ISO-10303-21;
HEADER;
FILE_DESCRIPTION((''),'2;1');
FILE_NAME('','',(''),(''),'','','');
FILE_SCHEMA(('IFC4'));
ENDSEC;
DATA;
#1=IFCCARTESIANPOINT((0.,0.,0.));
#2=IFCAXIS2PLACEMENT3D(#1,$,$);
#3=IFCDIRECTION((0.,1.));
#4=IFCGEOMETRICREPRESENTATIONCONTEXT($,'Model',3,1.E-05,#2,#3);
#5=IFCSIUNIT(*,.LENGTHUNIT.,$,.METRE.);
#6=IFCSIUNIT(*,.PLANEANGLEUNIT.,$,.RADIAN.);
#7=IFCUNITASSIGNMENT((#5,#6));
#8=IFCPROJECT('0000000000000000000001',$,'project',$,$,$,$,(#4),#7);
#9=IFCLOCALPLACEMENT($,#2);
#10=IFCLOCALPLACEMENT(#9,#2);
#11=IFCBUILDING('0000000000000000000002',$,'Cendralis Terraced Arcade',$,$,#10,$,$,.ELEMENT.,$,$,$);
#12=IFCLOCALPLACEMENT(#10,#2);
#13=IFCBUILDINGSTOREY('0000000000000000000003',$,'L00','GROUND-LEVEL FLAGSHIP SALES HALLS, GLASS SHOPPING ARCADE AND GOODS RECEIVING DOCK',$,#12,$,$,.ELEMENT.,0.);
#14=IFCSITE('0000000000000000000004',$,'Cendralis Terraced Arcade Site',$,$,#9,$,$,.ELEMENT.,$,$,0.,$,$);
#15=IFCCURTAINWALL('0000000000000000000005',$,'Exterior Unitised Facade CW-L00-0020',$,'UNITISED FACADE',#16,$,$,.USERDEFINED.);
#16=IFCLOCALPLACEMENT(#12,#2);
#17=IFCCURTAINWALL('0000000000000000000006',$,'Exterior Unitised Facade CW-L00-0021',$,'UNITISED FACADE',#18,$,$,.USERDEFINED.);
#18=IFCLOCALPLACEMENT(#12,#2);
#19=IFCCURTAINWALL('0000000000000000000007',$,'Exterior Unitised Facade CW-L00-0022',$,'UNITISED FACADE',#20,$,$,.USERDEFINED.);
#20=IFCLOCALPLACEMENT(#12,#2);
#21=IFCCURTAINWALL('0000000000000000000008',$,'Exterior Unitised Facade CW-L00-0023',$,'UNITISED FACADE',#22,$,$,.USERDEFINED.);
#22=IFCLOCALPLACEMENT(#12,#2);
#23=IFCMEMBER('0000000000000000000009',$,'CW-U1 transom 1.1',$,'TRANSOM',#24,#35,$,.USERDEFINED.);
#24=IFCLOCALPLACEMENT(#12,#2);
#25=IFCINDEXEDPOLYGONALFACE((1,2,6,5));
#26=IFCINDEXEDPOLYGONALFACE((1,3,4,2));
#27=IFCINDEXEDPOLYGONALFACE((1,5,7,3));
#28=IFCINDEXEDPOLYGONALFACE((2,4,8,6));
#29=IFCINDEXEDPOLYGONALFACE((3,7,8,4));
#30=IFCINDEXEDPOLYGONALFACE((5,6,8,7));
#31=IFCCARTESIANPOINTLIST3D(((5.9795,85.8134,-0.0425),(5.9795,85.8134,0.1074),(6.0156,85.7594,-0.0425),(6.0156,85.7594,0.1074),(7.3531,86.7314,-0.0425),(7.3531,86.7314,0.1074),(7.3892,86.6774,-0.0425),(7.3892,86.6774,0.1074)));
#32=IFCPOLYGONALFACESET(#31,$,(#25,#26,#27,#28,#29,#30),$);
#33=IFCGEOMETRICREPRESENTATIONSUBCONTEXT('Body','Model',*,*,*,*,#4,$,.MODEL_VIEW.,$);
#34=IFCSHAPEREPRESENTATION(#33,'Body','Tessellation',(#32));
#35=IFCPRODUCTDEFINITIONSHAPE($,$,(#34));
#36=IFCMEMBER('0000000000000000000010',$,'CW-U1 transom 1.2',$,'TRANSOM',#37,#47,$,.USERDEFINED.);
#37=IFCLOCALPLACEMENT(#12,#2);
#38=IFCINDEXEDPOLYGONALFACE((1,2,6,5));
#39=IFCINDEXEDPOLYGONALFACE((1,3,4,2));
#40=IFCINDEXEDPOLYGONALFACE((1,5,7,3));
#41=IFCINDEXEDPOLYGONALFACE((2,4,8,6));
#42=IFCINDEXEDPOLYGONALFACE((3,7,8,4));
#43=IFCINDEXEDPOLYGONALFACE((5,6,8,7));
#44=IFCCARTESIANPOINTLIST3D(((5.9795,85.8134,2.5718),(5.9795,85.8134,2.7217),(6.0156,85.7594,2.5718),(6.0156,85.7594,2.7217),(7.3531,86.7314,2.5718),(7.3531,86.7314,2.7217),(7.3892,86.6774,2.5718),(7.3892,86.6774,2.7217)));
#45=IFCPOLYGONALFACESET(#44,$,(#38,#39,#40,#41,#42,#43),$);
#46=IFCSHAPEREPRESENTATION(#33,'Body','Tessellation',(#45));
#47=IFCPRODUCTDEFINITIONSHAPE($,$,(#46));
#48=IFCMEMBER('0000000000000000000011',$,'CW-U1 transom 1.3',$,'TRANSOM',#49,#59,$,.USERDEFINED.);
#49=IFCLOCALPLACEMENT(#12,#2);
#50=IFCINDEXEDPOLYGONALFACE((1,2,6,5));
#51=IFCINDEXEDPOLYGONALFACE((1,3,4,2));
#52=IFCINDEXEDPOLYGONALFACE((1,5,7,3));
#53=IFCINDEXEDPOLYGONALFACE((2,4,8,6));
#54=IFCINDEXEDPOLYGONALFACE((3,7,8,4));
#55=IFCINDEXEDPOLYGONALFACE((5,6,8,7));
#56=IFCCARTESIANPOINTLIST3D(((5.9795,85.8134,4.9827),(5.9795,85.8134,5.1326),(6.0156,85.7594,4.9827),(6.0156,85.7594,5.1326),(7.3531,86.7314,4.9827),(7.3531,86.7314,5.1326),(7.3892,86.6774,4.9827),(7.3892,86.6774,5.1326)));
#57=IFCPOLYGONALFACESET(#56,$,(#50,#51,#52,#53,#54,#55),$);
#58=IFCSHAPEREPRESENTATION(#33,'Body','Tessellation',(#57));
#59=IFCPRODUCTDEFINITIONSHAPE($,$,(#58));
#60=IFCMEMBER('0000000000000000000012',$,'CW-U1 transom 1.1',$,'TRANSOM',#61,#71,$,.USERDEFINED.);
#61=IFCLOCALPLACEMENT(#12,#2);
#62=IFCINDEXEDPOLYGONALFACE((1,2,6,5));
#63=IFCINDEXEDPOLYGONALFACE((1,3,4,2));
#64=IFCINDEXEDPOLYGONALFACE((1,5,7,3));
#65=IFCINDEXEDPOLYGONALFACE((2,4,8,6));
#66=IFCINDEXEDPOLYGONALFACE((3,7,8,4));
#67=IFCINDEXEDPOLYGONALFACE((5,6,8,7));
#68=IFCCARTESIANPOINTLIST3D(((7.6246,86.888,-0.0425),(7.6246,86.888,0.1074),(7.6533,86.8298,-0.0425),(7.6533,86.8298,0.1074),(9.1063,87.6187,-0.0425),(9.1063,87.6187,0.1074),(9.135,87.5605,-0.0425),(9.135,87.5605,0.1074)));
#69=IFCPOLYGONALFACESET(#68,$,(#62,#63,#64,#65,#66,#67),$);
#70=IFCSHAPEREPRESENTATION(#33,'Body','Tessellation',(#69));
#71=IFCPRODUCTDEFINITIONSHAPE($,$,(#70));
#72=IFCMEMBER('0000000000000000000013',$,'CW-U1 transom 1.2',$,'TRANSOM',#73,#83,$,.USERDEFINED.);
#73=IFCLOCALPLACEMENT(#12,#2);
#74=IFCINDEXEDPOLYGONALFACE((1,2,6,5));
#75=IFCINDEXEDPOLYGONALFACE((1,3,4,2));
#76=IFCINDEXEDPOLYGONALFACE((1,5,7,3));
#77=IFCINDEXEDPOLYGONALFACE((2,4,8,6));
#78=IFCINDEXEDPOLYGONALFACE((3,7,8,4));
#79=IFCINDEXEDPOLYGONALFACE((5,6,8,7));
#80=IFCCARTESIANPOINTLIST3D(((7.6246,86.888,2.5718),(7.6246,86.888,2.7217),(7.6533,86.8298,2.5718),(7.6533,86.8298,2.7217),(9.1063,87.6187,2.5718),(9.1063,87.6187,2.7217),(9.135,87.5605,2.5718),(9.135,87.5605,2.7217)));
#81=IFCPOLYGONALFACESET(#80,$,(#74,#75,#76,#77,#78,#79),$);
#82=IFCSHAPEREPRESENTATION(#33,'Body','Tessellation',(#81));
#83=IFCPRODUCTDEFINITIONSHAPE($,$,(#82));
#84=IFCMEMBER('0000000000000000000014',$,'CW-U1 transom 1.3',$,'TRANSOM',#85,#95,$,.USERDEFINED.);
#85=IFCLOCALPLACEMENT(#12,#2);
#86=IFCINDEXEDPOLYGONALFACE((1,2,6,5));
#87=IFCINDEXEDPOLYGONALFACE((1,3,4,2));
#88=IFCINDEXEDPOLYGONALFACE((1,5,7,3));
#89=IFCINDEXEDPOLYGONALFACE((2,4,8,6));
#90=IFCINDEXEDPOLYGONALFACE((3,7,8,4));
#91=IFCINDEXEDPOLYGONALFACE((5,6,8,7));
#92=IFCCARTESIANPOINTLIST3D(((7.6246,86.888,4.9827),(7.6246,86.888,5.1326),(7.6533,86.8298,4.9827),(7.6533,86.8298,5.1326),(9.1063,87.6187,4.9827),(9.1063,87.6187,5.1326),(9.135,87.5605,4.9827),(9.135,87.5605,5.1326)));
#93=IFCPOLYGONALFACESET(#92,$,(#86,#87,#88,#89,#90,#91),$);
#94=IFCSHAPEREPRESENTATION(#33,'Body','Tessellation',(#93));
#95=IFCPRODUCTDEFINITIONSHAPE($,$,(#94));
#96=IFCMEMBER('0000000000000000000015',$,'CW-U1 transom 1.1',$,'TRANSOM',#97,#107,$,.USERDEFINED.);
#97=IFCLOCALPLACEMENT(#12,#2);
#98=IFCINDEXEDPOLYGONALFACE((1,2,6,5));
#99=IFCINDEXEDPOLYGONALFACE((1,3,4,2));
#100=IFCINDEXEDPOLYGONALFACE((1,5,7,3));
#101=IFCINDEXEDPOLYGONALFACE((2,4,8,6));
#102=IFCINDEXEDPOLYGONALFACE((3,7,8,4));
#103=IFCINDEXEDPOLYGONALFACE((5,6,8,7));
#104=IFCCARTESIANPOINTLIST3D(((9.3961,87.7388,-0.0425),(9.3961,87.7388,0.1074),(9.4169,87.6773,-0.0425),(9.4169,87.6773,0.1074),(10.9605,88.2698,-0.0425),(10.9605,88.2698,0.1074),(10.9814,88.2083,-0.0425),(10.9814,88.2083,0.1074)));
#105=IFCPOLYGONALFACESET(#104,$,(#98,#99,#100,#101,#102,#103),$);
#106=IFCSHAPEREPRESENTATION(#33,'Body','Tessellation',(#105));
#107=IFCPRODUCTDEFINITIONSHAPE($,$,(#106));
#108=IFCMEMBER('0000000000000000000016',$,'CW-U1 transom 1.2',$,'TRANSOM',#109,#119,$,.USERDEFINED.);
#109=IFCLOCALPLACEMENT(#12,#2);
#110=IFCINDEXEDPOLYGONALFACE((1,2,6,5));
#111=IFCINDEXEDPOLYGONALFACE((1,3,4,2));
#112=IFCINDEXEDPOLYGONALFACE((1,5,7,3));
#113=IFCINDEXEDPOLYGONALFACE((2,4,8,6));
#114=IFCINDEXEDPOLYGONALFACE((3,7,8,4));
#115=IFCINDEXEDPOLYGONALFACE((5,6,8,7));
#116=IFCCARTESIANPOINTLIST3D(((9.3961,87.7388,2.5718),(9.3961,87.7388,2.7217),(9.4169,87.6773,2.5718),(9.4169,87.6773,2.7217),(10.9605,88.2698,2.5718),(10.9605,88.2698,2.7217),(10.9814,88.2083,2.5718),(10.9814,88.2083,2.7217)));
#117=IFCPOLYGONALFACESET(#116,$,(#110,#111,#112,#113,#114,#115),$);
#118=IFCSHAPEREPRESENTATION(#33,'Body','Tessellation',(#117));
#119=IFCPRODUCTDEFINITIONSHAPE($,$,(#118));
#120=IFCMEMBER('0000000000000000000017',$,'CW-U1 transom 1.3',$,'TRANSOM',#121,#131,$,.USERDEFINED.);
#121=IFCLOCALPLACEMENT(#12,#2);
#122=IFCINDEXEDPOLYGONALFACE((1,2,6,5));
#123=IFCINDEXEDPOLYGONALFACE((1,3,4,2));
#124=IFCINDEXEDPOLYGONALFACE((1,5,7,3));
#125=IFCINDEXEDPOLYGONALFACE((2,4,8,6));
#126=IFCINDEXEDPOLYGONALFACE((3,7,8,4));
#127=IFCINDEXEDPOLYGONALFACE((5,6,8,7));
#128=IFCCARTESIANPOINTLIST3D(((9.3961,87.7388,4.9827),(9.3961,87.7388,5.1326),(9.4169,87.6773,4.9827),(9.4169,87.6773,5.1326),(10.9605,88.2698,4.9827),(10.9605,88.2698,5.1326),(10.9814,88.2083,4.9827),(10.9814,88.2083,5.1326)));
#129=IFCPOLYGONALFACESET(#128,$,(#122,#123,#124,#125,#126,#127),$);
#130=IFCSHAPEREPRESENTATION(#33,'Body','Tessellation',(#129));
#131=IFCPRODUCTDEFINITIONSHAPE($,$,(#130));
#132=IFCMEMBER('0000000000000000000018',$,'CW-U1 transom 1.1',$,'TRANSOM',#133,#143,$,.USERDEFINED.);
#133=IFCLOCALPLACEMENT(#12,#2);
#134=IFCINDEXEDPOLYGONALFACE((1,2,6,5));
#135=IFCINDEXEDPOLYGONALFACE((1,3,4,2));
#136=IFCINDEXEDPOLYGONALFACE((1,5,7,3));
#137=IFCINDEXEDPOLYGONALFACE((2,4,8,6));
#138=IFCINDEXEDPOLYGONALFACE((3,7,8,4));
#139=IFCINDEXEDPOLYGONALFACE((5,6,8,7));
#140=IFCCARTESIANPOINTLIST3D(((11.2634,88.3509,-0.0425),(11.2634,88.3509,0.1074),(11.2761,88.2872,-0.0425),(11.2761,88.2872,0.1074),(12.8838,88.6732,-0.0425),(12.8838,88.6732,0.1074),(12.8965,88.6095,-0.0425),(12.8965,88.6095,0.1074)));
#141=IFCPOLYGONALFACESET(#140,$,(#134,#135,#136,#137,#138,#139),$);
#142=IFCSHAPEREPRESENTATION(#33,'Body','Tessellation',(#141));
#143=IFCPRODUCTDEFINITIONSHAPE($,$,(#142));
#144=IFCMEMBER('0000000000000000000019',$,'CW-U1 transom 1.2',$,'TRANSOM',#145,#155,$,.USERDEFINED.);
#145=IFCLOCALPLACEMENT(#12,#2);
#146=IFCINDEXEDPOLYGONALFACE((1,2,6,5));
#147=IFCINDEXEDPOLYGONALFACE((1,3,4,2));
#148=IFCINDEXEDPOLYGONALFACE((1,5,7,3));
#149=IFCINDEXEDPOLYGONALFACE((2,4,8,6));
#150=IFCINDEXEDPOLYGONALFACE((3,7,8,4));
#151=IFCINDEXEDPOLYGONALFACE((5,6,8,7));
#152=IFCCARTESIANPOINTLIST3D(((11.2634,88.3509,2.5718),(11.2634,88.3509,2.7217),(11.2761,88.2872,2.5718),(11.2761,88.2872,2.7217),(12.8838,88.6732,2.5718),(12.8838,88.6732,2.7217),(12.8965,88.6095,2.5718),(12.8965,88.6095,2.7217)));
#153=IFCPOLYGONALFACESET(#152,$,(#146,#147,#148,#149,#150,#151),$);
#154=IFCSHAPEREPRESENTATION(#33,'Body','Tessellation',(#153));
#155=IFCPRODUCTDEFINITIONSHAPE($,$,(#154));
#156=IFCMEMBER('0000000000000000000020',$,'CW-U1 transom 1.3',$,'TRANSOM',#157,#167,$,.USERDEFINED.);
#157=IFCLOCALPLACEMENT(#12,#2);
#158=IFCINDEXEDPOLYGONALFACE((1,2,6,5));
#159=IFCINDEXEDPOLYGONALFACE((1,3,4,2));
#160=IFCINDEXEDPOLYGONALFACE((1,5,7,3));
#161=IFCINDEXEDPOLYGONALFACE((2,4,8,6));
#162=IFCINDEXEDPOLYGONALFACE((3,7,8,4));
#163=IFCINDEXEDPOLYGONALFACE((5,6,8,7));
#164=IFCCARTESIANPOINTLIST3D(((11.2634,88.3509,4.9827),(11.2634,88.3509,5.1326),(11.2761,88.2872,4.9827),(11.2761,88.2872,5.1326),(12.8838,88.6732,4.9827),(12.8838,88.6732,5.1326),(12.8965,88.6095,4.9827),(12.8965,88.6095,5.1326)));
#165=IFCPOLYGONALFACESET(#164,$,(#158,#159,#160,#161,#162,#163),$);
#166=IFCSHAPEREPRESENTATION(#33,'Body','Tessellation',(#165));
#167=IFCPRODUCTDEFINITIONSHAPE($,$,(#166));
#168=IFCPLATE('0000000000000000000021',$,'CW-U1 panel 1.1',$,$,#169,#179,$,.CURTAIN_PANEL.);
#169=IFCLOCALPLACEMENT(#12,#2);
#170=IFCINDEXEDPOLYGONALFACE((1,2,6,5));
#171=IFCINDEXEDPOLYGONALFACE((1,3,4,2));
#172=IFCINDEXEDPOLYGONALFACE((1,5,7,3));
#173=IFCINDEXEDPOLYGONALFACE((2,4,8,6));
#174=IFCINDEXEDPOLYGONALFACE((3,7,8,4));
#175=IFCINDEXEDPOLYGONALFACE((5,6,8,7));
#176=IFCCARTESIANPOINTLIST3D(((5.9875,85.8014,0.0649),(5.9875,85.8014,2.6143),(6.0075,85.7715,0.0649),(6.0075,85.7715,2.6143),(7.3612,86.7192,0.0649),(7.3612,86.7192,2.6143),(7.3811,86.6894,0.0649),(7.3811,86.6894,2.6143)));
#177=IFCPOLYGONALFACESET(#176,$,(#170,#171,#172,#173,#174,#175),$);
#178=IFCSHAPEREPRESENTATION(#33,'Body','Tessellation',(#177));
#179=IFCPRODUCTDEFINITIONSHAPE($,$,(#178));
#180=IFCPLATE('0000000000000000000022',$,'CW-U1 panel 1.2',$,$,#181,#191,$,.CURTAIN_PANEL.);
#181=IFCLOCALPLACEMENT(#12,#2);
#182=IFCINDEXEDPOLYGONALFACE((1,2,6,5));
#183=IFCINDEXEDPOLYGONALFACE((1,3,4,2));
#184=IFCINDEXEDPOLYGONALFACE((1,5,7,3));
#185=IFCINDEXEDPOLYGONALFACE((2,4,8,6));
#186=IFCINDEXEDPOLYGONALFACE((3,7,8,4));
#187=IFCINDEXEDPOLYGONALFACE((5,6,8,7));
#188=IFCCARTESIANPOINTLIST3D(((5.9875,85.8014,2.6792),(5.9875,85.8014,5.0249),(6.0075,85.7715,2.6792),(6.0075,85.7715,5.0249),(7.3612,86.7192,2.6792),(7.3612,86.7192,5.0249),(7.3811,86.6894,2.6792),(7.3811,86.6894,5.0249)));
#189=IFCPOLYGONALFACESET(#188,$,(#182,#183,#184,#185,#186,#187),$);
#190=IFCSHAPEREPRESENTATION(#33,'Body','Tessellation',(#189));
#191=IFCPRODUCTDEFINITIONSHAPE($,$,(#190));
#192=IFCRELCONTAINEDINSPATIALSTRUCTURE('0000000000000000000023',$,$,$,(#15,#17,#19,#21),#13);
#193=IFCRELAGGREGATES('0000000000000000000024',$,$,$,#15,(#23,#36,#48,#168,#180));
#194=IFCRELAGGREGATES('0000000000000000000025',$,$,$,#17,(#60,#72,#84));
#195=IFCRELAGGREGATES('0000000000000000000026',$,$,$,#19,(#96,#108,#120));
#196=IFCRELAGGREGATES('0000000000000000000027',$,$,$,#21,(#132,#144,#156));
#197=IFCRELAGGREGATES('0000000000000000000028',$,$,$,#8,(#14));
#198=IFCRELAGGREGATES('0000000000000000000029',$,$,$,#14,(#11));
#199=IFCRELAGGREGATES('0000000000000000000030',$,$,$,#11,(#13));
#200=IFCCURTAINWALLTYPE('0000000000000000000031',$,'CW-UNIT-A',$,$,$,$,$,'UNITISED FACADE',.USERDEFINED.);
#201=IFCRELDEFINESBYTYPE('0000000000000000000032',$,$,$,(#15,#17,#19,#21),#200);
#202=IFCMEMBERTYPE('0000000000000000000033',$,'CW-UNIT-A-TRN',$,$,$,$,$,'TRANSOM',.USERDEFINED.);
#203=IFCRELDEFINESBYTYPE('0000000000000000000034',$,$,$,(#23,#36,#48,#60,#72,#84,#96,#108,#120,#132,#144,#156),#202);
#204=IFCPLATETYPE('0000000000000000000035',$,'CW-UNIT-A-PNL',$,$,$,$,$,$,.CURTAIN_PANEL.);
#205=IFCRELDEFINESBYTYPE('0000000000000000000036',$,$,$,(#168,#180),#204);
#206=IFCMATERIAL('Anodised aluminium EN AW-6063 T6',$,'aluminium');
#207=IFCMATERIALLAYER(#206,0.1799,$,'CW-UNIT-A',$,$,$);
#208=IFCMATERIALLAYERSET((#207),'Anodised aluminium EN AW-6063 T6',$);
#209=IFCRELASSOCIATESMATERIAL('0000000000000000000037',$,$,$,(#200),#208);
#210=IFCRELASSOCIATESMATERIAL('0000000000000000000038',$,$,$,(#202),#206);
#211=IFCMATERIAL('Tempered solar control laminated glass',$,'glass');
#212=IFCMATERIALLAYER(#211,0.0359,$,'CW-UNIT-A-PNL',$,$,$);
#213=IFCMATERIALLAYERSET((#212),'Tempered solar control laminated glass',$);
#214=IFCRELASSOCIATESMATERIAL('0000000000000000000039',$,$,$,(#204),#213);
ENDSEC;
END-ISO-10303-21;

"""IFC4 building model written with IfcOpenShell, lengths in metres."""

from ifc_helpers import new_model, si_unit, direction, frame, origin, origin_2d, place, context, subcontext, project, spatial, rectangle, extrude, material, layer, layer_set, material_profile, profile_set, type_object, element, aggregate, save


model = new_model("IFC4")

# Units and contexts
model_context = context("Model", 3, precision=1e-05, world=origin(), true_north=direction((0.0, 1.0)))
body_context = subcontext(model_context, "Body", "Model", "MODEL_VIEW")
ifc_project = project(units=[si_unit("LENGTHUNIT", "METRE"), si_unit("PLANEANGLEUNIT", "RADIAN")], contexts=[model_context])

# Site, building, storey
site_placement = place(None, origin())
site = spatial("IfcSite", under=ifc_project, at=site_placement, Name="Cendralis Terraced Arcade Site", CompositionType="ELEMENT", RefElevation=0.0)
building_placement = place(site_placement, origin())
building = spatial("IfcBuilding", under=site, at=building_placement, Name="Cendralis Terraced Arcade", CompositionType="ELEMENT")
storey_placement = place(building_placement, origin())
storey = spatial("IfcBuildingStorey", under=building, at=storey_placement, Name="L00", Description="GROUND-LEVEL FLAGSHIP SALES HALLS, GLASS SHOPPING ARCADE AND GOODS RECEIVING DOCK", CompositionType="ELEMENT", Elevation=0.0)

# Curtain wall
ifc_material_1 = material(Name="Anodised aluminium EN AW-6063 T6", Category="aluminium")
ifc_layer_1 = layer(ifc_material_1, 0.1799, Name="CW-UNIT-A")
ifc_layer_set_1 = layer_set([ifc_layer_1], Name="Anodised aluminium EN AW-6063 T6")
curtain_wall_type = type_object("IfcCurtainWallType", Name="CW-UNIT-A", ElementType="UNITISED FACADE", PredefinedType="USERDEFINED", material=ifc_layer_set_1)
curtain_wall_1_placement = place(storey_placement, origin())
curtain_wall_1 = element("IfcCurtainWall", 1, at=curtain_wall_1_placement, inside=storey, type_object=curtain_wall_type, Name="Exterior Unitised Facade CW-L00-0020", ObjectType="UNITISED FACADE", PredefinedType="USERDEFINED")

# Curtain walls
curtain_wall_2_placement = place(storey_placement, origin())
curtain_wall_2 = element("IfcCurtainWall", 2, at=curtain_wall_2_placement, inside=storey, type_object=curtain_wall_type, Name="Exterior Unitised Facade CW-L00-0021", ObjectType="UNITISED FACADE", PredefinedType="USERDEFINED")
curtain_wall_3_placement = place(storey_placement, origin())
curtain_wall_3 = element("IfcCurtainWall", 3, at=curtain_wall_3_placement, inside=storey, type_object=curtain_wall_type, Name="Exterior Unitised Facade CW-L00-0022", ObjectType="UNITISED FACADE", PredefinedType="USERDEFINED")
curtain_wall_4_placement = place(storey_placement, origin())
curtain_wall_4 = element("IfcCurtainWall", 4, at=curtain_wall_4_placement, inside=storey, type_object=curtain_wall_type, Name="Exterior Unitised Facade CW-L00-0023", ObjectType="UNITISED FACADE", PredefinedType="USERDEFINED")

# Members
ifc_material_profile_1 = material_profile(ifc_material_1, rectangle(XDim=0.0649, YDim=0.1499, at=origin_2d()), Name="ALU-TRN-65x150")
ifc_profile_set_1 = profile_set([ifc_material_profile_1], Name="Anodised aluminium EN AW-6063 T6")
member_type_1 = type_object("IfcMemberType", Name="CW-UNIT-A-TRN", ElementType="TRANSOM", PredefinedType="USERDEFINED", material=ifc_profile_set_1)
member_1_placement = place(storey_placement, frame((5.9976, 85.7864, 0.0325), z_axis=(0.831413, 0.555655, 0.0), x_axis=(-0.555655, 0.831413, 0.0)))
member_1 = element("IfcMember", 5, at=member_1_placement, type_object=member_type_1, Name="CW-U1 transom 1.1", ObjectType="TRANSOM", PredefinedType="USERDEFINED", context=body_context, shape_type="SweptSolid", body=[
    extrude(rectangle(XDim=0.0649, YDim=0.1499, at=origin_2d()), origin(), (0.0, 0.0, 1.0), 1.6521),
])
member_2_placement = place(storey_placement, frame((5.9976, 85.7864, 2.6467), z_axis=(0.831413, 0.555655, 0.0), x_axis=(-0.555655, 0.831413, 0.0)))
member_2 = element("IfcMember", 6, at=member_2_placement, type_object=member_type_1, Name="CW-U1 transom 1.2", ObjectType="TRANSOM", PredefinedType="USERDEFINED", context=body_context, shape_type="SweptSolid", body=[
    extrude(rectangle(XDim=0.0649, YDim=0.1499, at=origin_2d()), origin(), (0.0, 0.0, 1.0), 1.6521),
])
member_3_placement = place(storey_placement, frame((5.9976, 85.7864, 5.0576), z_axis=(0.831413, 0.555655, 0.0), x_axis=(-0.555655, 0.831413, 0.0)))
member_3 = element("IfcMember", 7, at=member_3_placement, type_object=member_type_1, Name="CW-U1 transom 1.3", ObjectType="TRANSOM", PredefinedType="USERDEFINED", context=body_context, shape_type="SweptSolid", body=[
    extrude(rectangle(XDim=0.0649, YDim=0.1499, at=origin_2d()), origin(), (0.0, 0.0, 1.0), 1.6521),
])
member_4_placement = place(storey_placement, frame((7.6389, 86.8589, 0.0325), z_axis=(0.896867, 0.442301, 0.0), x_axis=(-0.442301, 0.896867, 0.0)))
member_4 = element("IfcMember", 8, at=member_4_placement, type_object=member_type_1, Name="CW-U1 transom 1.1", ObjectType="TRANSOM", PredefinedType="USERDEFINED", context=body_context, shape_type="SweptSolid", body=[
    extrude(rectangle(XDim=0.0649, YDim=0.1499, at=origin_2d()), origin(), (0.0, 0.0, 1.0), 1.6521),
])
member_5_placement = place(storey_placement, frame((7.6389, 86.8589, 2.6467), z_axis=(0.896867, 0.442301, 0.0), x_axis=(-0.442301, 0.896867, 0.0)))
member_5 = element("IfcMember", 9, at=member_5_placement, type_object=member_type_1, Name="CW-U1 transom 1.2", ObjectType="TRANSOM", PredefinedType="USERDEFINED", context=body_context, shape_type="SweptSolid", body=[
    extrude(rectangle(XDim=0.0649, YDim=0.1499, at=origin_2d()), origin(), (0.0, 0.0, 1.0), 1.6521),
])
member_6_placement = place(storey_placement, frame((7.6389, 86.8589, 5.0576), z_axis=(0.896867, 0.442301, 0.0), x_axis=(-0.442301, 0.896867, 0.0)))
member_6 = element("IfcMember", 10, at=member_6_placement, type_object=member_type_1, Name="CW-U1 transom 1.3", ObjectType="TRANSOM", PredefinedType="USERDEFINED", context=body_context, shape_type="SweptSolid", body=[
    extrude(rectangle(XDim=0.0649, YDim=0.1499, at=origin_2d()), origin(), (0.0, 0.0, 1.0), 1.6521),
])
member_7_placement = place(storey_placement, frame((9.4065, 87.708, 0.0325), z_axis=(0.94694, 0.32141, 0.0), x_axis=(-0.32141, 0.94694, 0.0)))
member_7 = element("IfcMember", 11, at=member_7_placement, type_object=member_type_1, Name="CW-U1 transom 1.1", ObjectType="TRANSOM", PredefinedType="USERDEFINED", context=body_context, shape_type="SweptSolid", body=[
    extrude(rectangle(XDim=0.0649, YDim=0.1499, at=origin_2d()), origin(), (0.0, 0.0, 1.0), 1.6521),
])
member_8_placement = place(storey_placement, frame((9.4065, 87.708, 2.6467), z_axis=(0.94694, 0.32141, 0.0), x_axis=(-0.32141, 0.94694, 0.0)))
member_8 = element("IfcMember", 12, at=member_8_placement, type_object=member_type_1, Name="CW-U1 transom 1.2", ObjectType="TRANSOM", PredefinedType="USERDEFINED", context=body_context, shape_type="SweptSolid", body=[
    extrude(rectangle(XDim=0.0649, YDim=0.1499, at=origin_2d()), origin(), (0.0, 0.0, 1.0), 1.6521),
])
member_9_placement = place(storey_placement, frame((9.4065, 87.708, 5.0576), z_axis=(0.94694, 0.32141, 0.0), x_axis=(-0.32141, 0.94694, 0.0)))
member_9 = element("IfcMember", 13, at=member_9_placement, type_object=member_type_1, Name="CW-U1 transom 1.3", ObjectType="TRANSOM", PredefinedType="USERDEFINED", context=body_context, shape_type="SweptSolid", body=[
    extrude(rectangle(XDim=0.0649, YDim=0.1499, at=origin_2d()), origin(), (0.0, 0.0, 1.0), 1.6521),
])
member_10_placement = place(storey_placement, frame((11.2698, 88.3191, 0.0325), z_axis=(0.98079, 0.195065, 0.0), x_axis=(-0.195065, 0.98079, 0.0)))
member_10 = element("IfcMember", 14, at=member_10_placement, type_object=member_type_1, Name="CW-U1 transom 1.1", ObjectType="TRANSOM", PredefinedType="USERDEFINED", context=body_context, shape_type="SweptSolid", body=[
    extrude(rectangle(XDim=0.0649, YDim=0.1499, at=origin_2d()), origin(), (0.0, 0.0, 1.0), 1.6521),
])
member_11_placement = place(storey_placement, frame((11.2698, 88.3191, 2.6467), z_axis=(0.98079, 0.195065, 0.0), x_axis=(-0.195065, 0.98079, 0.0)))
member_11 = element("IfcMember", 15, at=member_11_placement, type_object=member_type_1, Name="CW-U1 transom 1.2", ObjectType="TRANSOM", PredefinedType="USERDEFINED", context=body_context, shape_type="SweptSolid", body=[
    extrude(rectangle(XDim=0.0649, YDim=0.1499, at=origin_2d()), origin(), (0.0, 0.0, 1.0), 1.6521),
])
member_12_placement = place(storey_placement, frame((11.2698, 88.3191, 5.0576), z_axis=(0.98079, 0.195065, 0.0), x_axis=(-0.195065, 0.98079, 0.0)))
member_12 = element("IfcMember", 16, at=member_12_placement, type_object=member_type_1, Name="CW-U1 transom 1.3", ObjectType="TRANSOM", PredefinedType="USERDEFINED", context=body_context, shape_type="SweptSolid", body=[
    extrude(rectangle(XDim=0.0649, YDim=0.1499, at=origin_2d()), origin(), (0.0, 0.0, 1.0), 1.6521),
])

# Plates
ifc_material_2 = material(Name="Tempered solar control laminated glass", Category="glass")
ifc_layer_2 = layer(ifc_material_2, 0.0359, Name="CW-UNIT-A-PNL")
ifc_layer_set_2 = layer_set([ifc_layer_2], Name="Tempered solar control laminated glass")
plate_type = type_object("IfcPlateType", Name="CW-UNIT-A-PNL", PredefinedType="CURTAIN_PANEL", material=ifc_layer_set_2)
plate_1_placement = place(storey_placement, frame((6.6843, 86.2454, 0.0649), z_axis=(0.0, 0.0, 1.0), x_axis=(0.831471, 0.555567, 0.0)))
plate_1 = element("IfcPlate", 17, at=plate_1_placement, type_object=plate_type, Name="CW-U1 panel 1.1", PredefinedType="CURTAIN_PANEL", context=body_context, shape_type="SweptSolid", body=[
    extrude(rectangle(XDim=1.6521, YDim=0.0359, at=origin_2d()), origin(), (0.0, 0.0, 1.0), 2.5493),
])
plate_2_placement = place(storey_placement, frame((6.6843, 86.2454, 2.6792), z_axis=(0.0, 0.0, 1.0), x_axis=(0.831471, 0.555567, 0.0)))
plate_2 = element("IfcPlate", 18, at=plate_2_placement, type_object=plate_type, Name="CW-U1 panel 1.2", PredefinedType="CURTAIN_PANEL", context=body_context, shape_type="SweptSolid", body=[
    extrude(rectangle(XDim=1.6521, YDim=0.0359, at=origin_2d()), origin(), (0.0, 0.0, 1.0), 2.3457),
])
aggregate(curtain_wall_1, [member_1, member_2, member_3, plate_1, plate_2])
aggregate(curtain_wall_2, [member_4, member_5, member_6])
aggregate(curtain_wall_3, [member_7, member_8, member_9])
aggregate(curtain_wall_4, [member_10, member_11, member_12])

save(model, "model.ifc")
